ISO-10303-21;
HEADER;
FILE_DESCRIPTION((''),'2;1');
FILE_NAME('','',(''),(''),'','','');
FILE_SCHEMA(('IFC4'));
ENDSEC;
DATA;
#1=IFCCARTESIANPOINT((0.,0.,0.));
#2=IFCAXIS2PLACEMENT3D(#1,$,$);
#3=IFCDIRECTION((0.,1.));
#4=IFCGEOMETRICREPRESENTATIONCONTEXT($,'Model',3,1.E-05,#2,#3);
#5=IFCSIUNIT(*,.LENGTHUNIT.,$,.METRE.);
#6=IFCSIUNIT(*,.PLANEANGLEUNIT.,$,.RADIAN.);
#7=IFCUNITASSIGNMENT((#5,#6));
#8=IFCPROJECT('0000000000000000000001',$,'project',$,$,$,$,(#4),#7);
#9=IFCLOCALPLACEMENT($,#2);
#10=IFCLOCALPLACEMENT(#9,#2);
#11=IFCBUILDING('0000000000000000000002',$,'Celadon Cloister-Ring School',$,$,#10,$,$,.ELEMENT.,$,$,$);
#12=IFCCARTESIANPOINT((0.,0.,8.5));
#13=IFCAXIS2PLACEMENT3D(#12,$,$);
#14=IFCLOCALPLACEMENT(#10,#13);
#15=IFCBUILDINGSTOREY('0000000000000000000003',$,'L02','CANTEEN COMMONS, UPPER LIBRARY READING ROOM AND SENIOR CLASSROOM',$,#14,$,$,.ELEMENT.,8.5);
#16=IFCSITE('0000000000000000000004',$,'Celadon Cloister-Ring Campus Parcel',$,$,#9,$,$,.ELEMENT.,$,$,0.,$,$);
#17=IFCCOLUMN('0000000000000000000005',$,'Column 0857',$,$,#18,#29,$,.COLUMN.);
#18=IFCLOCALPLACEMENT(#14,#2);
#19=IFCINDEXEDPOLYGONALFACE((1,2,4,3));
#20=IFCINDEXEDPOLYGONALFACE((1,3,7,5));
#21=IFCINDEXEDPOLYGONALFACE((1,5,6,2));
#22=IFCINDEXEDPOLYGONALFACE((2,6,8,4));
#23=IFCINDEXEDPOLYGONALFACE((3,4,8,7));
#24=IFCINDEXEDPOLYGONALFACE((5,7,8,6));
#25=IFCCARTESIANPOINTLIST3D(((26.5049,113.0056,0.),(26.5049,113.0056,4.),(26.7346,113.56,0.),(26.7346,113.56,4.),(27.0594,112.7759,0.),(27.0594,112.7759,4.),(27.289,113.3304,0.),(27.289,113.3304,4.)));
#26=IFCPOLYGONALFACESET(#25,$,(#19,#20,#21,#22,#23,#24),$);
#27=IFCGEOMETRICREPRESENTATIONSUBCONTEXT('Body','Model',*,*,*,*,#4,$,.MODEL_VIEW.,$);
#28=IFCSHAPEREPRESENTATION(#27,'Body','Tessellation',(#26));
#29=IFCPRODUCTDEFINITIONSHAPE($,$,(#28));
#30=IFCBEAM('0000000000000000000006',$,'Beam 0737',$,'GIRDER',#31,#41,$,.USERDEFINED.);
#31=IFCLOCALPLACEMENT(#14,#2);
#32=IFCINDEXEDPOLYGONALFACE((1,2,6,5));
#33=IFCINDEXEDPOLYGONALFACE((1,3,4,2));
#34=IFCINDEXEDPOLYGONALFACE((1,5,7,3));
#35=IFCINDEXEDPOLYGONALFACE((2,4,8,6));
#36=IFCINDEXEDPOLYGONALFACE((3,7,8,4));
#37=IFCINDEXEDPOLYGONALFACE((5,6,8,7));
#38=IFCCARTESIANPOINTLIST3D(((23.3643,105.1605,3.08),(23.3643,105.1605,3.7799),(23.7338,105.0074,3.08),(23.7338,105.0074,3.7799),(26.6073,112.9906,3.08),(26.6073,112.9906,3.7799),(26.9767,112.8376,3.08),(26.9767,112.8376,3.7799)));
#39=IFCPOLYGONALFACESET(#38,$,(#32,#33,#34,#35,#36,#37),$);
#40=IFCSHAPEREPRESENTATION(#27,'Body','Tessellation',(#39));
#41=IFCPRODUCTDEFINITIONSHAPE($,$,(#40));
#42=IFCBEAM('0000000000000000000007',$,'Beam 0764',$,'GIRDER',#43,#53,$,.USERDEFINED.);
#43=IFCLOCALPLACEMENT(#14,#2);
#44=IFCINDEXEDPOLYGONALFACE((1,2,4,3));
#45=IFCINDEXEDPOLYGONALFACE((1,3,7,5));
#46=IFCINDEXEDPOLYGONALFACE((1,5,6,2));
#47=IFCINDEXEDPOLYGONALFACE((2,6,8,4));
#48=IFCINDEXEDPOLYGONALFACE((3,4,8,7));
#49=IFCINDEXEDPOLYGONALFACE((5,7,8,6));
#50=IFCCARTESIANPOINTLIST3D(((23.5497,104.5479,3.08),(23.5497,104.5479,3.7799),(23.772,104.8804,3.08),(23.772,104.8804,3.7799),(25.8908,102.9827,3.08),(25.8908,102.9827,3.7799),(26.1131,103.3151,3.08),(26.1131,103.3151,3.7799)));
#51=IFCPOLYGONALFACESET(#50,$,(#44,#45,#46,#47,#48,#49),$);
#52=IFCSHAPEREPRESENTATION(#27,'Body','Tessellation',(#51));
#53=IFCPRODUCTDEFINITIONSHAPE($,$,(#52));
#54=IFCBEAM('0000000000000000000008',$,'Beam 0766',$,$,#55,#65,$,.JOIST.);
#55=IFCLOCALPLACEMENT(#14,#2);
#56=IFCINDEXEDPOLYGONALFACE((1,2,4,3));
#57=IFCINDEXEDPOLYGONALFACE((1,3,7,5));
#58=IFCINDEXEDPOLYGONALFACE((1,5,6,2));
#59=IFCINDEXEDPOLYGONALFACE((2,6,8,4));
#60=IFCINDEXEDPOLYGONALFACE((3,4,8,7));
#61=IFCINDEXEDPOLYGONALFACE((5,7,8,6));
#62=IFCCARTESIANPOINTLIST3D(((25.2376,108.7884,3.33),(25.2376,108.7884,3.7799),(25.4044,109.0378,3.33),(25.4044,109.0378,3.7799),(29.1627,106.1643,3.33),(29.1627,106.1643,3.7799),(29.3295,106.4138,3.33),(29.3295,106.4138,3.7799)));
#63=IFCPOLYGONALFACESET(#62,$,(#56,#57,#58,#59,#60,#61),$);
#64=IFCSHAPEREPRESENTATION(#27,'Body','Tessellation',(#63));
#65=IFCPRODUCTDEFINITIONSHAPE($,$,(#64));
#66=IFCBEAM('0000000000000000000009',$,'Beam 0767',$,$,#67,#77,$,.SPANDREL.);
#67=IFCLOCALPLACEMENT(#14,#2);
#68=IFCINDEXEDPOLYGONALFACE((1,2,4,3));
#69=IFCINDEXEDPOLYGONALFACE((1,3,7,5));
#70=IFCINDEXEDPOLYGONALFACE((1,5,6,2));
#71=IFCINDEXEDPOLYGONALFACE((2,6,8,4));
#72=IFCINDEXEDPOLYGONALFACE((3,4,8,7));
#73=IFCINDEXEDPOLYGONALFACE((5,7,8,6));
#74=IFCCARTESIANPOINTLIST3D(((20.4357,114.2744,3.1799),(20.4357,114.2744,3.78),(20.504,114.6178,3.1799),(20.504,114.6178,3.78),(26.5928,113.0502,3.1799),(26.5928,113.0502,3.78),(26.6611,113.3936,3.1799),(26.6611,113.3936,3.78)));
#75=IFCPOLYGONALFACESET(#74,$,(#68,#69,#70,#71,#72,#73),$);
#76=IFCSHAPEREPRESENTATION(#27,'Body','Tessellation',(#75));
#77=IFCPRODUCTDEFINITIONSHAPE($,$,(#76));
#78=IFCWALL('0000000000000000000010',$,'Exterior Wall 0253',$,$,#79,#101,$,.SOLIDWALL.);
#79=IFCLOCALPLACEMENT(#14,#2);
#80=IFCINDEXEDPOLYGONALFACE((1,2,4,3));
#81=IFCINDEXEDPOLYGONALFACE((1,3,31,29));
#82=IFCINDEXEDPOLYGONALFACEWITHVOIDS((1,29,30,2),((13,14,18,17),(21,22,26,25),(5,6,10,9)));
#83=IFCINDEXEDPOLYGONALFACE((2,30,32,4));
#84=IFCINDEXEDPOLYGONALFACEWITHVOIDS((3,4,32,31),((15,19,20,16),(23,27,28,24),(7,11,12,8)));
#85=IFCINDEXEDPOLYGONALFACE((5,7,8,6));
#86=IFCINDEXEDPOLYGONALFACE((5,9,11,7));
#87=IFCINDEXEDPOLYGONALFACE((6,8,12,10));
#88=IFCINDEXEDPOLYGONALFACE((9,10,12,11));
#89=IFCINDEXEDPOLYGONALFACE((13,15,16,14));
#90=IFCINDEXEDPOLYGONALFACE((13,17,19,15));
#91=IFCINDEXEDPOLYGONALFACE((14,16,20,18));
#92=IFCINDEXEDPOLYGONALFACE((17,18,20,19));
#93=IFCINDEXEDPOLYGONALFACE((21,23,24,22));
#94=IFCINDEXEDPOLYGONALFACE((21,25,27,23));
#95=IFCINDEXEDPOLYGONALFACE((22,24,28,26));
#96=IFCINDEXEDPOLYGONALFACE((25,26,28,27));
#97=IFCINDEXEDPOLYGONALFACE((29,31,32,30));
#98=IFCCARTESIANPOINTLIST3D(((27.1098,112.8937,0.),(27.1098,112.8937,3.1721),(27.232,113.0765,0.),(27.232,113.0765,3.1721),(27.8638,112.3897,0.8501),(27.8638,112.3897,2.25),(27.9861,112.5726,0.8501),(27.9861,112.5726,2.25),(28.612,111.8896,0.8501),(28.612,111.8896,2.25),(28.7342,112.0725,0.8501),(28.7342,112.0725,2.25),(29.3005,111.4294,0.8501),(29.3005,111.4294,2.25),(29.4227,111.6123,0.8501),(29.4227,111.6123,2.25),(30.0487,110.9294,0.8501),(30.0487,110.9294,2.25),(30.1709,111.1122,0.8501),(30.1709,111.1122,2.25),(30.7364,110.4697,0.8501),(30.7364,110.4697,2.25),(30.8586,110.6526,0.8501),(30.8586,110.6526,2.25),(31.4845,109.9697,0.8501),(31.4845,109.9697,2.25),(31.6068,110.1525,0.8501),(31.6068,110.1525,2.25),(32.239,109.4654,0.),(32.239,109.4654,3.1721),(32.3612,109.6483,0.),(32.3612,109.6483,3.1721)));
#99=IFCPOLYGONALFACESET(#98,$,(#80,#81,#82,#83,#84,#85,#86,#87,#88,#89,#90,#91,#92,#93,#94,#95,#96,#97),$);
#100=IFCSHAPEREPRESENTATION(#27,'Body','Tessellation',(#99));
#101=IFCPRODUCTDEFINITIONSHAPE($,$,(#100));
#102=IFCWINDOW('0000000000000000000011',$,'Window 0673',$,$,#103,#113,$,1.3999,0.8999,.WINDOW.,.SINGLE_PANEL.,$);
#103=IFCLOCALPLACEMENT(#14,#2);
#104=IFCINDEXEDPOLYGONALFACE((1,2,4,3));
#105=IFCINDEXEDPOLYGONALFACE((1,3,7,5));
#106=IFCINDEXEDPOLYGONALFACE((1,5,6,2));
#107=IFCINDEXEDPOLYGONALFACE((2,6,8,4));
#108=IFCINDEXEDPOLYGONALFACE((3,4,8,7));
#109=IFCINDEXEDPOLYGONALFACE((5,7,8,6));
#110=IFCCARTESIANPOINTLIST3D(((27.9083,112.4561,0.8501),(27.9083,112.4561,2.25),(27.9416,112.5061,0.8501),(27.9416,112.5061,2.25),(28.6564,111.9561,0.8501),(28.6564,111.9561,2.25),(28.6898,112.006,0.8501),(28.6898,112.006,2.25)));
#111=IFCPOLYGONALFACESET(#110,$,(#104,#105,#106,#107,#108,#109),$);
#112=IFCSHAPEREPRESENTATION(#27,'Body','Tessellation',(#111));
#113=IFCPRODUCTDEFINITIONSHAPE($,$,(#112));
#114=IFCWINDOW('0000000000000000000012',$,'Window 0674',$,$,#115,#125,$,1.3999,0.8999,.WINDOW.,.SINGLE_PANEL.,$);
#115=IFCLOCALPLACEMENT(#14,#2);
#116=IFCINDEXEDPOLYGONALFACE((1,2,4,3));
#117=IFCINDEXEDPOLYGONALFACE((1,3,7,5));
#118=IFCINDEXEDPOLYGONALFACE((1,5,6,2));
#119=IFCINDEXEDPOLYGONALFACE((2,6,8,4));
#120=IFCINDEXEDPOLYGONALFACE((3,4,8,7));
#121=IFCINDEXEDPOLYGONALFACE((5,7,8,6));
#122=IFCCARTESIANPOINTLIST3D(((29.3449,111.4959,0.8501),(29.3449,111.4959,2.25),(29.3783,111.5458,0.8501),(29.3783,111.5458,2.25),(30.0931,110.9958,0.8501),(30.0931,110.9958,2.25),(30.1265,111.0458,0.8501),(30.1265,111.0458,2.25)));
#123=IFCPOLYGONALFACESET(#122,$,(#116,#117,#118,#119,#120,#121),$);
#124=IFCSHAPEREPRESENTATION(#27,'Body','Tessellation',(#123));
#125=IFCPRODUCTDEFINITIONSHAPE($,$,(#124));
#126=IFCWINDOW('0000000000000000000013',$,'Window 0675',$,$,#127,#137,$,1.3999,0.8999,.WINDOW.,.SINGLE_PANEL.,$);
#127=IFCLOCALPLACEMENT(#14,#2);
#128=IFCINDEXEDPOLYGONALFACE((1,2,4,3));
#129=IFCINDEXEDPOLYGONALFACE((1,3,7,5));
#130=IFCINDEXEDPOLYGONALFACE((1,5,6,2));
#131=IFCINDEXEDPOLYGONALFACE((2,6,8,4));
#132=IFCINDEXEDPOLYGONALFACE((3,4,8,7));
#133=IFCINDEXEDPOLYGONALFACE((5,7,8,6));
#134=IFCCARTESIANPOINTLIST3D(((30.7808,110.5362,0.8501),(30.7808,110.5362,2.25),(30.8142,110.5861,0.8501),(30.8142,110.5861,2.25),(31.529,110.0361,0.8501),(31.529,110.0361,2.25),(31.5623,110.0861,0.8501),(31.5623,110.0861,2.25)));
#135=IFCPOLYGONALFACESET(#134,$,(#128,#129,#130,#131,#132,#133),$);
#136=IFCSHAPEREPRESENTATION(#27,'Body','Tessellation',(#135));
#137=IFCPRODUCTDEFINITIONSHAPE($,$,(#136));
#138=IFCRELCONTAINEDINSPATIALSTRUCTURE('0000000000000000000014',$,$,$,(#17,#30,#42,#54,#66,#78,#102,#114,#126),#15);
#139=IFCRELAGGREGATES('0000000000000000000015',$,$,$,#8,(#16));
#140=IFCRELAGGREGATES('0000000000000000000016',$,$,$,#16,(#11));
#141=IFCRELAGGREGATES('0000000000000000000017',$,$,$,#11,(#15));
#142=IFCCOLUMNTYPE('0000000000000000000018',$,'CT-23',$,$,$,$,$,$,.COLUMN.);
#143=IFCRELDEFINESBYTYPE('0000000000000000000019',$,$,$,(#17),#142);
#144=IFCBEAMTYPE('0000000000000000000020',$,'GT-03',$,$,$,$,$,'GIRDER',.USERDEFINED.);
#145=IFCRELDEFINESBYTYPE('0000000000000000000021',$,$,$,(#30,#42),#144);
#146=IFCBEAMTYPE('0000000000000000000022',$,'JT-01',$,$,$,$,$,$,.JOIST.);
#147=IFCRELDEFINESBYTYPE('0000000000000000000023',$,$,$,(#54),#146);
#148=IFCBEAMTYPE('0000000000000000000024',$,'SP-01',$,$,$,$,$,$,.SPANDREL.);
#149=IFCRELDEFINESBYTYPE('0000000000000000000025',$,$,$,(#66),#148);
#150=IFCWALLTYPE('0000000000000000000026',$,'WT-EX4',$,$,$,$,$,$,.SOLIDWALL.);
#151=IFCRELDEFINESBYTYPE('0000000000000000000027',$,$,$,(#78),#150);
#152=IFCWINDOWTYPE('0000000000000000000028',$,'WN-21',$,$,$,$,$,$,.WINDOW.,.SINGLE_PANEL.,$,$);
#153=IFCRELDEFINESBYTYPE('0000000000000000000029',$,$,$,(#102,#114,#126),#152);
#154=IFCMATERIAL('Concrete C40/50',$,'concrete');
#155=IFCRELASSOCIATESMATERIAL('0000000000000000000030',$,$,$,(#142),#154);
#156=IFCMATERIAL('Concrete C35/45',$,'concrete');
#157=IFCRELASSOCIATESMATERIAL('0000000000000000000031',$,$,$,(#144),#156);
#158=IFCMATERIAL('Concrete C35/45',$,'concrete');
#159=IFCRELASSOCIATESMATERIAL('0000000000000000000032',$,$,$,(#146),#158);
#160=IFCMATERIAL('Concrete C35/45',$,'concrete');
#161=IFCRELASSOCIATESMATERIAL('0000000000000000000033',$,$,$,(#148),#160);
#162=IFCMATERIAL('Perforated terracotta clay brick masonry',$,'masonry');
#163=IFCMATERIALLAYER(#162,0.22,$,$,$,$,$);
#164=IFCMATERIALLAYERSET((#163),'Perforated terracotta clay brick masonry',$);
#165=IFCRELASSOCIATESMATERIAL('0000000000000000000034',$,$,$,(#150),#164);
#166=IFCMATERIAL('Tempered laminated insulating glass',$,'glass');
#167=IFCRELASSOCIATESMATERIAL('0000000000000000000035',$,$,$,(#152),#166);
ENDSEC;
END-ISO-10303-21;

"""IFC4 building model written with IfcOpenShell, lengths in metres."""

from ifc_helpers import new_model, si_unit, direction, frame, frame_2d, origin, origin_2d, place, context, subcontext, project, spatial, rectangle, extrude, material, layer, layer_set, material_profile, profile_set, type_object, element, fill, save


model = new_model("IFC4")

# Units and contexts
model_context = context("Model", 3, precision=1e-05, world=origin(), true_north=direction((0.0, 1.0)))
body_context = subcontext(model_context, "Body", "Model", "MODEL_VIEW")
ifc_project = project(units=[si_unit("LENGTHUNIT", "METRE"), si_unit("PLANEANGLEUNIT", "RADIAN")], contexts=[model_context])

# Site, building, storey
site_placement = place(None, origin())
site = spatial("IfcSite", under=ifc_project, at=site_placement, Name="Celadon Cloister-Ring Campus Parcel", CompositionType="ELEMENT", RefElevation=0.0)
building_placement = place(site_placement, origin())
building = spatial("IfcBuilding", under=site, at=building_placement, Name="Celadon Cloister-Ring School", CompositionType="ELEMENT")
storey_placement = place(building_placement, frame((0.0, 0.0, 8.5)))
storey = spatial("IfcBuildingStorey", under=building, at=storey_placement, Name="L02", Description="CANTEEN COMMONS, UPPER LIBRARY READING ROOM AND SENIOR CLASSROOM", CompositionType="ELEMENT", Elevation=8.5)

# Column
ifc_material_1 = material(Name="Concrete C40/50", Category="concrete")
ifc_material_profile_1 = material_profile(ifc_material_1, rectangle(XDim=0.6001, YDim=0.6001, at=origin_2d()), Name="RC600X600")
ifc_profile_set_1 = profile_set([ifc_material_profile_1], Name="Concrete C40/50")
column_type = type_object("IfcColumnType", Name="CT-23", PredefinedType="COLUMN", material=ifc_profile_set_1)
column_placement = place(storey_placement, frame((26.897, 113.168, 0.0), z_axis=(0.0, 0.0, 1.0), x_axis=(0.382683, 0.92388, 0.0)))
element("IfcColumn", 1, at=column_placement, inside=storey, type_object=column_type, Name="Column 0857", PredefinedType="COLUMN", context=body_context, shape_type="SweptSolid", body=[
    extrude(rectangle(XDim=0.6001, YDim=0.6001, at=origin_2d()), origin(), (0.0, 0.0, 1.0), 4.0),
])

# Beams
ifc_material_2 = material(Name="Concrete C35/45", Category="concrete")
ifc_material_profile_2 = material_profile(ifc_material_2, rectangle(XDim=0.3999, YDim=0.7, at=origin_2d()), Name="RC400X700")
ifc_profile_set_2 = profile_set([ifc_material_profile_2], Name="Concrete C35/45")
beam_type_1 = type_object("IfcBeamType", Name="GT-03", ElementType="GIRDER", PredefinedType="USERDEFINED", material=ifc_profile_set_2)
beam_1_placement = place(storey_placement, frame((26.792, 112.9141, 3.4299), z_axis=(-0.382643, -0.923896, 0.0), x_axis=(0.923896, -0.382643, 0.0)))
element("IfcBeam", 2, at=beam_1_placement, inside=storey, type_object=beam_type_1, Name="Beam 0737", ObjectType="GIRDER", PredefinedType="USERDEFINED", context=body_context, shape_type="SweptSolid", body=[
    extrude(rectangle(XDim=0.3999, YDim=0.7, at=origin_2d()), origin(), (0.0, 0.0, 1.0), 8.4751),
])
beam_2_placement = place(storey_placement, frame((26.002, 103.1489, 3.4299), z_axis=(-0.831316, 0.5558, 0.0), x_axis=(-0.5558, -0.831316, 0.0)))
element("IfcBeam", 3, at=beam_2_placement, inside=storey, type_object=beam_type_1, Name="Beam 0764", ObjectType="GIRDER", PredefinedType="USERDEFINED", context=body_context, shape_type="SweptSolid", body=[
    extrude(rectangle(XDim=0.3999, YDim=0.7, at=origin_2d()), origin(), (0.0, 0.0, 1.0), 2.8162),
])
ifc_material_3 = material(Name="Concrete C35/45", Category="concrete")
ifc_material_profile_3 = material_profile(ifc_material_3, rectangle(XDim=0.3, YDim=0.45, at=origin_2d()), Name="RC300X450")
ifc_profile_set_3 = profile_set([ifc_material_profile_3], Name="Concrete C35/45")
beam_type_2 = type_object("IfcBeamType", Name="JT-01", PredefinedType="JOIST", material=ifc_profile_set_3)
beam_3_placement = place(storey_placement, frame((29.2461, 106.2891, 3.5549), z_axis=(-0.831334, 0.555774, 0.0), x_axis=(-0.555774, -0.831334, 0.0)))
element("IfcBeam", 4, at=beam_3_placement, inside=storey, type_object=beam_type_2, Name="Beam 0766", PredefinedType="JOIST", context=body_context, shape_type="SweptSolid", body=[
    extrude(rectangle(XDim=0.3, YDim=0.45, at=origin_2d()), origin(), (0.0, 0.0, 1.0), 4.7214),
])
ifc_material_4 = material(Name="Concrete C35/45", Category="concrete")
ifc_material_profile_4 = material_profile(ifc_material_4, rectangle(XDim=0.3501, YDim=0.6001, at=origin_2d()), Name="RC350X600")
ifc_profile_set_4 = profile_set([ifc_material_profile_4], Name="Concrete C35/45")
beam_type_3 = type_object("IfcBeamType", Name="SP-01", PredefinedType="SPANDREL", material=ifc_profile_set_4)
beam_4_placement = place(storey_placement, frame((26.627, 113.2219, 3.48), z_axis=(-0.980803, 0.195002, 0.0), x_axis=(-0.195002, -0.980803, 0.0)))
element("IfcBeam", 5, at=beam_4_placement, inside=storey, type_object=beam_type_3, Name="Beam 0767", PredefinedType="SPANDREL", context=body_context, shape_type="SweptSolid", body=[
    extrude(rectangle(XDim=0.3501, YDim=0.6001, at=origin_2d()), origin(), (0.0, 0.0, 1.0), 6.2776),
])

# Wall, openings, windows
ifc_material_5 = material(Name="Perforated terracotta clay brick masonry", Category="masonry")
ifc_layer_1 = layer(ifc_material_5, 0.22)
ifc_layer_set_1 = layer_set([ifc_layer_1], Name="Perforated terracotta clay brick masonry")
wall_type_1 = type_object("IfcWallType", Name="WT-EX4", PredefinedType="SOLIDWALL", material=ifc_layer_set_1)
wall_1_placement = place(storey_placement, frame((27.1709, 112.9851, 0.0), z_axis=(0.0, 0.0, 1.0), x_axis=(0.831392, -0.555686, 0.0)))
wall_1 = element("IfcWall", 6, at=wall_1_placement, inside=storey, type_object=wall_type_1, Name="Exterior Wall 0253", PredefinedType="SOLIDWALL", context=body_context, shape_type="SweptSolid", body=[
    extrude(rectangle(XDim=6.1694, YDim=0.22, at=frame_2d((3.0847, 0.0))), origin(), (0.0, 0.0, 1.0), 3.1721),
])
opening_1_placement = place(wall_1_placement, frame((0.907, 0.0, 0.8501)))
opening_1 = element("IfcOpeningElement", 7, at=opening_1_placement, cuts=wall_1, PredefinedType="OPENING", context=body_context, shape_type="SweptSolid", body=[
    extrude(rectangle(XDim=0.8999, YDim=1.3999, at=frame_2d((0.45, 0.7))), frame((0.0, 0.1201, 0.0), z_axis=(0.0, -1.0, 0.0), x_axis=(1.0, 0.0, 0.0)), (0.0, 0.0, 1.0), 0.24),
])
opening_2_placement = place(wall_1_placement, frame((2.635, 0.0, 0.8501)))
opening_2 = element("IfcOpeningElement", 8, at=opening_2_placement, cuts=wall_1, PredefinedType="OPENING", context=body_context, shape_type="SweptSolid", body=[
    extrude(rectangle(XDim=0.8999, YDim=1.3999, at=frame_2d((0.45, 0.7))), frame((0.0, 0.1201, 0.0), z_axis=(0.0, -1.0, 0.0), x_axis=(1.0, 0.0, 0.0)), (0.0, 0.0, 1.0), 0.24),
])
opening_3_placement = place(wall_1_placement, frame((4.3621, 0.0, 0.8501)))
opening_3 = element("IfcOpeningElement", 9, at=opening_3_placement, cuts=wall_1, PredefinedType="OPENING", context=body_context, shape_type="SweptSolid", body=[
    extrude(rectangle(XDim=0.8999, YDim=1.3999, at=frame_2d((0.45, 0.7))), frame((0.0, 0.1201, 0.0), z_axis=(0.0, -1.0, 0.0), x_axis=(1.0, 0.0, 0.0)), (0.0, 0.0, 1.0), 0.24),
])
ifc_material_6 = material(Name="Tempered laminated insulating glass", Category="glass")
window_type = type_object("IfcWindowType", Name="WN-21", PartitioningType="SINGLE_PANEL", PredefinedType="WINDOW", material=ifc_material_6)
window_1_placement = place(opening_1_placement, origin())
window_1 = element("IfcWindow", 10, at=window_1_placement, inside=storey, type_object=window_type, Name="Window 0673", OverallHeight=1.3999, OverallWidth=0.8999, PartitioningType="SINGLE_PANEL", PredefinedType="WINDOW", context=body_context, shape_type="SweptSolid", body=[
    extrude(rectangle(XDim=0.8999, YDim=1.3999, at=frame_2d((0.45, 0.7))), frame((0.0, 0.03, 0.0), z_axis=(0.0, -1.0, 0.0), x_axis=(1.0, 0.0, 0.0)), (0.0, 0.0, 1.0), 0.0601),
])
fill(opening_1, window_1)
window_2_placement = place(opening_2_placement, origin())
window_2 = element("IfcWindow", 11, at=window_2_placement, inside=storey, type_object=window_type, Name="Window 0674", OverallHeight=1.3999, OverallWidth=0.8999, PartitioningType="SINGLE_PANEL", PredefinedType="WINDOW", context=body_context, shape_type="SweptSolid", body=[
    extrude(rectangle(XDim=0.8999, YDim=1.3999, at=frame_2d((0.45, 0.7))), frame((0.0, 0.03, 0.0), z_axis=(0.0, -1.0, 0.0), x_axis=(1.0, 0.0, 0.0)), (0.0, 0.0, 1.0), 0.0601),
])
fill(opening_2, window_2)
window_3_placement = place(opening_3_placement, origin())
window_3 = element("IfcWindow", 12, at=window_3_placement, inside=storey, type_object=window_type, Name="Window 0675", OverallHeight=1.3999, OverallWidth=0.8999, PartitioningType="SINGLE_PANEL", PredefinedType="WINDOW", context=body_context, shape_type="SweptSolid", body=[
    extrude(rectangle(XDim=0.8999, YDim=1.3999, at=frame_2d((0.45, 0.7))), frame((0.0, 0.03, 0.0), z_axis=(0.0, -1.0, 0.0), x_axis=(1.0, 0.0, 0.0)), (0.0, 0.0, 1.0), 0.0601),
])
fill(opening_3, window_3)

save(model, "model.ifc")
